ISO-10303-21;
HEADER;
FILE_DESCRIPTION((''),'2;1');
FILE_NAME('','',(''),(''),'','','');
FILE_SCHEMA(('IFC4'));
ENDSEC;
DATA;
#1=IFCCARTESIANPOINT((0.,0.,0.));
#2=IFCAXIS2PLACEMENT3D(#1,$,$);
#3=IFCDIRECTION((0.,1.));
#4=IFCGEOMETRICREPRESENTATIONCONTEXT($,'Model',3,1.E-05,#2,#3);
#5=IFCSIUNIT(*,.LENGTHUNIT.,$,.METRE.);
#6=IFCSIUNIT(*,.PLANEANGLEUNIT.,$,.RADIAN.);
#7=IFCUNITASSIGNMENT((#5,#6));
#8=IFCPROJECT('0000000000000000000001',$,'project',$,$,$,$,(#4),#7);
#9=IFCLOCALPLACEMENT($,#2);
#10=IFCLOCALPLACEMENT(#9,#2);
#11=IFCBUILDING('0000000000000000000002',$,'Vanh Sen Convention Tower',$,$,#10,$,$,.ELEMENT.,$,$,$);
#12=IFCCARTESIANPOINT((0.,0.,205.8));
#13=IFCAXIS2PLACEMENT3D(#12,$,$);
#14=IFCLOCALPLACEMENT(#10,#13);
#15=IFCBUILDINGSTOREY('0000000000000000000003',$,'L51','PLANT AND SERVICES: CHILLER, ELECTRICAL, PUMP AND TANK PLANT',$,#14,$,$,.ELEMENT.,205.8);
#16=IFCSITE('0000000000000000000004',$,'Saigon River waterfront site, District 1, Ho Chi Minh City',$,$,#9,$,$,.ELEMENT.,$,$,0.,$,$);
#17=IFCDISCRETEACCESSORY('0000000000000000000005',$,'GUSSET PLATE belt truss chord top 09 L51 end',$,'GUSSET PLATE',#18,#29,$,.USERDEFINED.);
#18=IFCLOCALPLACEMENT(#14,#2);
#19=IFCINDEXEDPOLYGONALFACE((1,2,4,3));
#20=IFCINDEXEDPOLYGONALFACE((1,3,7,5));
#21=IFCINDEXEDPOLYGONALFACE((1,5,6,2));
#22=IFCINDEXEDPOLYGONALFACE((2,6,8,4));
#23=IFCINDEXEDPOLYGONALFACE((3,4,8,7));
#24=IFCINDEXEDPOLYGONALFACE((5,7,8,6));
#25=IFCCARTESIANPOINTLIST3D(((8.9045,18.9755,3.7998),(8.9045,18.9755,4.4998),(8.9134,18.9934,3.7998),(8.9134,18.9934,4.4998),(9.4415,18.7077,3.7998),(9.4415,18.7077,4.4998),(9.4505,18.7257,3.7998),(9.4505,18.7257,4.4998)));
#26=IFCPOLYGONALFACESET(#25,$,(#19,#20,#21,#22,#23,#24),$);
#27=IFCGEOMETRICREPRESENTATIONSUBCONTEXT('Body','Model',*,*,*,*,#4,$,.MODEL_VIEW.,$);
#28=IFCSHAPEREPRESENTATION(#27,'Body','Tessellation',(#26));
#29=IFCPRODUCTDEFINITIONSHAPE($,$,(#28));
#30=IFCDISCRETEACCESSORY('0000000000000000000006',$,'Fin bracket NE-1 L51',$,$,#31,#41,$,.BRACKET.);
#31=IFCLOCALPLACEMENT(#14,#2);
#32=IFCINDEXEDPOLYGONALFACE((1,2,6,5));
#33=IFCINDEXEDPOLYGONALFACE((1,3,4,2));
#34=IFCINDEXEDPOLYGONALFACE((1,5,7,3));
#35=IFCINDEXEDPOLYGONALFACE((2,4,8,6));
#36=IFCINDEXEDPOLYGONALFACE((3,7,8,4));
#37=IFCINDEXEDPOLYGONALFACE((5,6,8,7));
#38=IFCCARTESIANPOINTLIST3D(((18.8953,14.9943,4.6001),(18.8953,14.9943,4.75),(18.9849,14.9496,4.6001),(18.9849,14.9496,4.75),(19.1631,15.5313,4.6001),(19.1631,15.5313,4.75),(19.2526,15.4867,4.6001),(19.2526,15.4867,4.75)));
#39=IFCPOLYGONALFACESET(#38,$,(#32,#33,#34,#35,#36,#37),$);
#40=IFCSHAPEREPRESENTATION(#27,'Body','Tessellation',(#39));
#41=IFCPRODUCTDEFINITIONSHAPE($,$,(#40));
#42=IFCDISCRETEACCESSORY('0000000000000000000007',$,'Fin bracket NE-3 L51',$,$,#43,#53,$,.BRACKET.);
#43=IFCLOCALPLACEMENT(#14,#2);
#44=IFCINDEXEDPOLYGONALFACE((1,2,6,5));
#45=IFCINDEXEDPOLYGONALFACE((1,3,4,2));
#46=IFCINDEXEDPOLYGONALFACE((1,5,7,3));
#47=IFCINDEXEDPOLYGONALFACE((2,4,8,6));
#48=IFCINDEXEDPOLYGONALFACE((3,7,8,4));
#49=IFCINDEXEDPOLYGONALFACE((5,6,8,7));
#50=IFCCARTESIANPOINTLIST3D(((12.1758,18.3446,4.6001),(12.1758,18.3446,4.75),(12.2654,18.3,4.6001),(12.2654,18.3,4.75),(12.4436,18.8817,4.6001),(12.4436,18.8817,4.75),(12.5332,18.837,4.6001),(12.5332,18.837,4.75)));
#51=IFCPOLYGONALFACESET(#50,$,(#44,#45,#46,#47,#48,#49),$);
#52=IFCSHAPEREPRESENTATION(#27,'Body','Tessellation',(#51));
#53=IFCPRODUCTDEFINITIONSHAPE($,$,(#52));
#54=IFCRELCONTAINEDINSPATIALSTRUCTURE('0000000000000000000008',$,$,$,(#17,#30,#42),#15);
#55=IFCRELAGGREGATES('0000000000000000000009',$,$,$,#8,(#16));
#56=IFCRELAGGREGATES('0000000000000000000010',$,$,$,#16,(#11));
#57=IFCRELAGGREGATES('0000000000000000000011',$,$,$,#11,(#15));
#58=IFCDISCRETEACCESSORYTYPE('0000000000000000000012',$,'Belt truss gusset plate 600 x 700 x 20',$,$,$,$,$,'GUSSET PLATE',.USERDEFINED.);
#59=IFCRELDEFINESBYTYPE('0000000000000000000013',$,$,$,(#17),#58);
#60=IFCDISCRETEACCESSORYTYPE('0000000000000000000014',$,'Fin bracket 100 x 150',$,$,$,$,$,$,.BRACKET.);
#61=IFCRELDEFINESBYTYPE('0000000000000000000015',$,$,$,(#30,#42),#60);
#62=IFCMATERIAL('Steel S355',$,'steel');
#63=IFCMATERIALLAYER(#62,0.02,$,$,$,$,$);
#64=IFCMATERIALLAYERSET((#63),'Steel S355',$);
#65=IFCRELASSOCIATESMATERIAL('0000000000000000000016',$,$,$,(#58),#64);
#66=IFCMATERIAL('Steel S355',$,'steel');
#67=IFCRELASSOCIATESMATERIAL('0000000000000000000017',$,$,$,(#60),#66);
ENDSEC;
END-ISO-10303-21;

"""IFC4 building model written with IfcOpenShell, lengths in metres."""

from ifc_helpers import new_model, si_unit, direction, frame, origin, origin_2d, place, context, subcontext, project, spatial, rectangle, extrude, material, layer, layer_set, type_object, element, save


model = new_model("IFC4")

# Units and contexts
model_context = context("Model", 3, precision=1e-05, world=origin(), true_north=direction((0.0, 1.0)))
body_context = subcontext(model_context, "Body", "Model", "MODEL_VIEW")
ifc_project = project(units=[si_unit("LENGTHUNIT", "METRE"), si_unit("PLANEANGLEUNIT", "RADIAN")], contexts=[model_context])

# Site, building, storey
site_placement = place(None, origin())
site = spatial("IfcSite", under=ifc_project, at=site_placement, Name="Saigon River waterfront site, District 1, Ho Chi Minh City", CompositionType="ELEMENT", RefElevation=0.0)
building_placement = place(site_placement, origin())
building = spatial("IfcBuilding", under=site, at=building_placement, Name="Vanh Sen Convention Tower", CompositionType="ELEMENT")
storey_placement = place(building_placement, frame((0.0, 0.0, 205.8)))
storey = spatial("IfcBuildingStorey", under=building, at=storey_placement, Name="L51", Description="PLANT AND SERVICES: CHILLER, ELECTRICAL, PUMP AND TANK PLANT", CompositionType="ELEMENT", Elevation=205.8)

# Shared definitions
ifc_material_1 = material(Name="Steel S355", Category="steel")

# Discrete accessories
ifc_layer_1 = layer(ifc_material_1, 0.02)
ifc_layer_set_1 = layer_set([ifc_layer_1], Name="Steel S355")
discrete_accessory_type_1 = type_object("IfcDiscreteAccessoryType", Name="Belt truss gusset plate 600 x 700 x 20", ElementType="GUSSET PLATE", PredefinedType="USERDEFINED", material=ifc_layer_set_1)
for number, where, z_axis, x_axis, name in (
    (1, (9.1775, 18.8506, 3.7998), (0.0, 0.0, 1.0), (0.894933, -0.446201, 0.0), "GUSSET PLATE belt truss chord top 09 L51 end"),
):
    element("IfcDiscreteAccessory", number, at=place(storey_placement, frame(where, z_axis=z_axis, x_axis=x_axis)), inside=storey, type_object=discrete_accessory_type_1, Name=name, ObjectType="GUSSET PLATE", PredefinedType="USERDEFINED", context=body_context, shape_type="SweptSolid", body=[
        extrude(rectangle(XDim=0.6001, YDim=0.02, at=origin_2d()), origin(), (0.0, 0.0, 1.0), 0.7),
    ])
ifc_material_2 = material(Name="Steel S355", Category="steel")
discrete_accessory_type_2 = type_object("IfcDiscreteAccessoryType", Name="Fin bracket 100 x 150", PredefinedType="BRACKET", material=ifc_material_2)
for number, where, z_axis, x_axis, name in (
    (2, (19.074, 15.2405, 4.6001), (0.0, 0.0, 1.0), (0.446198, 0.894934, 0.0), "Fin bracket NE-1 L51"),
    (3, (12.3545, 18.5908, 4.6001), (0.0, 0.0, 1.0), (0.446198, 0.894934, 0.0), "Fin bracket NE-3 L51"),
):
    element("IfcDiscreteAccessory", number, at=place(storey_placement, frame(where, z_axis=z_axis, x_axis=x_axis)), inside=storey, type_object=discrete_accessory_type_2, Name=name, PredefinedType="BRACKET", context=body_context, shape_type="SweptSolid", body=[
        extrude(rectangle(XDim=0.6001, YDim=0.1001, at=origin_2d()), origin(), (0.0, 0.0, 1.0), 0.1499),
    ])

save(model, "model.ifc")
